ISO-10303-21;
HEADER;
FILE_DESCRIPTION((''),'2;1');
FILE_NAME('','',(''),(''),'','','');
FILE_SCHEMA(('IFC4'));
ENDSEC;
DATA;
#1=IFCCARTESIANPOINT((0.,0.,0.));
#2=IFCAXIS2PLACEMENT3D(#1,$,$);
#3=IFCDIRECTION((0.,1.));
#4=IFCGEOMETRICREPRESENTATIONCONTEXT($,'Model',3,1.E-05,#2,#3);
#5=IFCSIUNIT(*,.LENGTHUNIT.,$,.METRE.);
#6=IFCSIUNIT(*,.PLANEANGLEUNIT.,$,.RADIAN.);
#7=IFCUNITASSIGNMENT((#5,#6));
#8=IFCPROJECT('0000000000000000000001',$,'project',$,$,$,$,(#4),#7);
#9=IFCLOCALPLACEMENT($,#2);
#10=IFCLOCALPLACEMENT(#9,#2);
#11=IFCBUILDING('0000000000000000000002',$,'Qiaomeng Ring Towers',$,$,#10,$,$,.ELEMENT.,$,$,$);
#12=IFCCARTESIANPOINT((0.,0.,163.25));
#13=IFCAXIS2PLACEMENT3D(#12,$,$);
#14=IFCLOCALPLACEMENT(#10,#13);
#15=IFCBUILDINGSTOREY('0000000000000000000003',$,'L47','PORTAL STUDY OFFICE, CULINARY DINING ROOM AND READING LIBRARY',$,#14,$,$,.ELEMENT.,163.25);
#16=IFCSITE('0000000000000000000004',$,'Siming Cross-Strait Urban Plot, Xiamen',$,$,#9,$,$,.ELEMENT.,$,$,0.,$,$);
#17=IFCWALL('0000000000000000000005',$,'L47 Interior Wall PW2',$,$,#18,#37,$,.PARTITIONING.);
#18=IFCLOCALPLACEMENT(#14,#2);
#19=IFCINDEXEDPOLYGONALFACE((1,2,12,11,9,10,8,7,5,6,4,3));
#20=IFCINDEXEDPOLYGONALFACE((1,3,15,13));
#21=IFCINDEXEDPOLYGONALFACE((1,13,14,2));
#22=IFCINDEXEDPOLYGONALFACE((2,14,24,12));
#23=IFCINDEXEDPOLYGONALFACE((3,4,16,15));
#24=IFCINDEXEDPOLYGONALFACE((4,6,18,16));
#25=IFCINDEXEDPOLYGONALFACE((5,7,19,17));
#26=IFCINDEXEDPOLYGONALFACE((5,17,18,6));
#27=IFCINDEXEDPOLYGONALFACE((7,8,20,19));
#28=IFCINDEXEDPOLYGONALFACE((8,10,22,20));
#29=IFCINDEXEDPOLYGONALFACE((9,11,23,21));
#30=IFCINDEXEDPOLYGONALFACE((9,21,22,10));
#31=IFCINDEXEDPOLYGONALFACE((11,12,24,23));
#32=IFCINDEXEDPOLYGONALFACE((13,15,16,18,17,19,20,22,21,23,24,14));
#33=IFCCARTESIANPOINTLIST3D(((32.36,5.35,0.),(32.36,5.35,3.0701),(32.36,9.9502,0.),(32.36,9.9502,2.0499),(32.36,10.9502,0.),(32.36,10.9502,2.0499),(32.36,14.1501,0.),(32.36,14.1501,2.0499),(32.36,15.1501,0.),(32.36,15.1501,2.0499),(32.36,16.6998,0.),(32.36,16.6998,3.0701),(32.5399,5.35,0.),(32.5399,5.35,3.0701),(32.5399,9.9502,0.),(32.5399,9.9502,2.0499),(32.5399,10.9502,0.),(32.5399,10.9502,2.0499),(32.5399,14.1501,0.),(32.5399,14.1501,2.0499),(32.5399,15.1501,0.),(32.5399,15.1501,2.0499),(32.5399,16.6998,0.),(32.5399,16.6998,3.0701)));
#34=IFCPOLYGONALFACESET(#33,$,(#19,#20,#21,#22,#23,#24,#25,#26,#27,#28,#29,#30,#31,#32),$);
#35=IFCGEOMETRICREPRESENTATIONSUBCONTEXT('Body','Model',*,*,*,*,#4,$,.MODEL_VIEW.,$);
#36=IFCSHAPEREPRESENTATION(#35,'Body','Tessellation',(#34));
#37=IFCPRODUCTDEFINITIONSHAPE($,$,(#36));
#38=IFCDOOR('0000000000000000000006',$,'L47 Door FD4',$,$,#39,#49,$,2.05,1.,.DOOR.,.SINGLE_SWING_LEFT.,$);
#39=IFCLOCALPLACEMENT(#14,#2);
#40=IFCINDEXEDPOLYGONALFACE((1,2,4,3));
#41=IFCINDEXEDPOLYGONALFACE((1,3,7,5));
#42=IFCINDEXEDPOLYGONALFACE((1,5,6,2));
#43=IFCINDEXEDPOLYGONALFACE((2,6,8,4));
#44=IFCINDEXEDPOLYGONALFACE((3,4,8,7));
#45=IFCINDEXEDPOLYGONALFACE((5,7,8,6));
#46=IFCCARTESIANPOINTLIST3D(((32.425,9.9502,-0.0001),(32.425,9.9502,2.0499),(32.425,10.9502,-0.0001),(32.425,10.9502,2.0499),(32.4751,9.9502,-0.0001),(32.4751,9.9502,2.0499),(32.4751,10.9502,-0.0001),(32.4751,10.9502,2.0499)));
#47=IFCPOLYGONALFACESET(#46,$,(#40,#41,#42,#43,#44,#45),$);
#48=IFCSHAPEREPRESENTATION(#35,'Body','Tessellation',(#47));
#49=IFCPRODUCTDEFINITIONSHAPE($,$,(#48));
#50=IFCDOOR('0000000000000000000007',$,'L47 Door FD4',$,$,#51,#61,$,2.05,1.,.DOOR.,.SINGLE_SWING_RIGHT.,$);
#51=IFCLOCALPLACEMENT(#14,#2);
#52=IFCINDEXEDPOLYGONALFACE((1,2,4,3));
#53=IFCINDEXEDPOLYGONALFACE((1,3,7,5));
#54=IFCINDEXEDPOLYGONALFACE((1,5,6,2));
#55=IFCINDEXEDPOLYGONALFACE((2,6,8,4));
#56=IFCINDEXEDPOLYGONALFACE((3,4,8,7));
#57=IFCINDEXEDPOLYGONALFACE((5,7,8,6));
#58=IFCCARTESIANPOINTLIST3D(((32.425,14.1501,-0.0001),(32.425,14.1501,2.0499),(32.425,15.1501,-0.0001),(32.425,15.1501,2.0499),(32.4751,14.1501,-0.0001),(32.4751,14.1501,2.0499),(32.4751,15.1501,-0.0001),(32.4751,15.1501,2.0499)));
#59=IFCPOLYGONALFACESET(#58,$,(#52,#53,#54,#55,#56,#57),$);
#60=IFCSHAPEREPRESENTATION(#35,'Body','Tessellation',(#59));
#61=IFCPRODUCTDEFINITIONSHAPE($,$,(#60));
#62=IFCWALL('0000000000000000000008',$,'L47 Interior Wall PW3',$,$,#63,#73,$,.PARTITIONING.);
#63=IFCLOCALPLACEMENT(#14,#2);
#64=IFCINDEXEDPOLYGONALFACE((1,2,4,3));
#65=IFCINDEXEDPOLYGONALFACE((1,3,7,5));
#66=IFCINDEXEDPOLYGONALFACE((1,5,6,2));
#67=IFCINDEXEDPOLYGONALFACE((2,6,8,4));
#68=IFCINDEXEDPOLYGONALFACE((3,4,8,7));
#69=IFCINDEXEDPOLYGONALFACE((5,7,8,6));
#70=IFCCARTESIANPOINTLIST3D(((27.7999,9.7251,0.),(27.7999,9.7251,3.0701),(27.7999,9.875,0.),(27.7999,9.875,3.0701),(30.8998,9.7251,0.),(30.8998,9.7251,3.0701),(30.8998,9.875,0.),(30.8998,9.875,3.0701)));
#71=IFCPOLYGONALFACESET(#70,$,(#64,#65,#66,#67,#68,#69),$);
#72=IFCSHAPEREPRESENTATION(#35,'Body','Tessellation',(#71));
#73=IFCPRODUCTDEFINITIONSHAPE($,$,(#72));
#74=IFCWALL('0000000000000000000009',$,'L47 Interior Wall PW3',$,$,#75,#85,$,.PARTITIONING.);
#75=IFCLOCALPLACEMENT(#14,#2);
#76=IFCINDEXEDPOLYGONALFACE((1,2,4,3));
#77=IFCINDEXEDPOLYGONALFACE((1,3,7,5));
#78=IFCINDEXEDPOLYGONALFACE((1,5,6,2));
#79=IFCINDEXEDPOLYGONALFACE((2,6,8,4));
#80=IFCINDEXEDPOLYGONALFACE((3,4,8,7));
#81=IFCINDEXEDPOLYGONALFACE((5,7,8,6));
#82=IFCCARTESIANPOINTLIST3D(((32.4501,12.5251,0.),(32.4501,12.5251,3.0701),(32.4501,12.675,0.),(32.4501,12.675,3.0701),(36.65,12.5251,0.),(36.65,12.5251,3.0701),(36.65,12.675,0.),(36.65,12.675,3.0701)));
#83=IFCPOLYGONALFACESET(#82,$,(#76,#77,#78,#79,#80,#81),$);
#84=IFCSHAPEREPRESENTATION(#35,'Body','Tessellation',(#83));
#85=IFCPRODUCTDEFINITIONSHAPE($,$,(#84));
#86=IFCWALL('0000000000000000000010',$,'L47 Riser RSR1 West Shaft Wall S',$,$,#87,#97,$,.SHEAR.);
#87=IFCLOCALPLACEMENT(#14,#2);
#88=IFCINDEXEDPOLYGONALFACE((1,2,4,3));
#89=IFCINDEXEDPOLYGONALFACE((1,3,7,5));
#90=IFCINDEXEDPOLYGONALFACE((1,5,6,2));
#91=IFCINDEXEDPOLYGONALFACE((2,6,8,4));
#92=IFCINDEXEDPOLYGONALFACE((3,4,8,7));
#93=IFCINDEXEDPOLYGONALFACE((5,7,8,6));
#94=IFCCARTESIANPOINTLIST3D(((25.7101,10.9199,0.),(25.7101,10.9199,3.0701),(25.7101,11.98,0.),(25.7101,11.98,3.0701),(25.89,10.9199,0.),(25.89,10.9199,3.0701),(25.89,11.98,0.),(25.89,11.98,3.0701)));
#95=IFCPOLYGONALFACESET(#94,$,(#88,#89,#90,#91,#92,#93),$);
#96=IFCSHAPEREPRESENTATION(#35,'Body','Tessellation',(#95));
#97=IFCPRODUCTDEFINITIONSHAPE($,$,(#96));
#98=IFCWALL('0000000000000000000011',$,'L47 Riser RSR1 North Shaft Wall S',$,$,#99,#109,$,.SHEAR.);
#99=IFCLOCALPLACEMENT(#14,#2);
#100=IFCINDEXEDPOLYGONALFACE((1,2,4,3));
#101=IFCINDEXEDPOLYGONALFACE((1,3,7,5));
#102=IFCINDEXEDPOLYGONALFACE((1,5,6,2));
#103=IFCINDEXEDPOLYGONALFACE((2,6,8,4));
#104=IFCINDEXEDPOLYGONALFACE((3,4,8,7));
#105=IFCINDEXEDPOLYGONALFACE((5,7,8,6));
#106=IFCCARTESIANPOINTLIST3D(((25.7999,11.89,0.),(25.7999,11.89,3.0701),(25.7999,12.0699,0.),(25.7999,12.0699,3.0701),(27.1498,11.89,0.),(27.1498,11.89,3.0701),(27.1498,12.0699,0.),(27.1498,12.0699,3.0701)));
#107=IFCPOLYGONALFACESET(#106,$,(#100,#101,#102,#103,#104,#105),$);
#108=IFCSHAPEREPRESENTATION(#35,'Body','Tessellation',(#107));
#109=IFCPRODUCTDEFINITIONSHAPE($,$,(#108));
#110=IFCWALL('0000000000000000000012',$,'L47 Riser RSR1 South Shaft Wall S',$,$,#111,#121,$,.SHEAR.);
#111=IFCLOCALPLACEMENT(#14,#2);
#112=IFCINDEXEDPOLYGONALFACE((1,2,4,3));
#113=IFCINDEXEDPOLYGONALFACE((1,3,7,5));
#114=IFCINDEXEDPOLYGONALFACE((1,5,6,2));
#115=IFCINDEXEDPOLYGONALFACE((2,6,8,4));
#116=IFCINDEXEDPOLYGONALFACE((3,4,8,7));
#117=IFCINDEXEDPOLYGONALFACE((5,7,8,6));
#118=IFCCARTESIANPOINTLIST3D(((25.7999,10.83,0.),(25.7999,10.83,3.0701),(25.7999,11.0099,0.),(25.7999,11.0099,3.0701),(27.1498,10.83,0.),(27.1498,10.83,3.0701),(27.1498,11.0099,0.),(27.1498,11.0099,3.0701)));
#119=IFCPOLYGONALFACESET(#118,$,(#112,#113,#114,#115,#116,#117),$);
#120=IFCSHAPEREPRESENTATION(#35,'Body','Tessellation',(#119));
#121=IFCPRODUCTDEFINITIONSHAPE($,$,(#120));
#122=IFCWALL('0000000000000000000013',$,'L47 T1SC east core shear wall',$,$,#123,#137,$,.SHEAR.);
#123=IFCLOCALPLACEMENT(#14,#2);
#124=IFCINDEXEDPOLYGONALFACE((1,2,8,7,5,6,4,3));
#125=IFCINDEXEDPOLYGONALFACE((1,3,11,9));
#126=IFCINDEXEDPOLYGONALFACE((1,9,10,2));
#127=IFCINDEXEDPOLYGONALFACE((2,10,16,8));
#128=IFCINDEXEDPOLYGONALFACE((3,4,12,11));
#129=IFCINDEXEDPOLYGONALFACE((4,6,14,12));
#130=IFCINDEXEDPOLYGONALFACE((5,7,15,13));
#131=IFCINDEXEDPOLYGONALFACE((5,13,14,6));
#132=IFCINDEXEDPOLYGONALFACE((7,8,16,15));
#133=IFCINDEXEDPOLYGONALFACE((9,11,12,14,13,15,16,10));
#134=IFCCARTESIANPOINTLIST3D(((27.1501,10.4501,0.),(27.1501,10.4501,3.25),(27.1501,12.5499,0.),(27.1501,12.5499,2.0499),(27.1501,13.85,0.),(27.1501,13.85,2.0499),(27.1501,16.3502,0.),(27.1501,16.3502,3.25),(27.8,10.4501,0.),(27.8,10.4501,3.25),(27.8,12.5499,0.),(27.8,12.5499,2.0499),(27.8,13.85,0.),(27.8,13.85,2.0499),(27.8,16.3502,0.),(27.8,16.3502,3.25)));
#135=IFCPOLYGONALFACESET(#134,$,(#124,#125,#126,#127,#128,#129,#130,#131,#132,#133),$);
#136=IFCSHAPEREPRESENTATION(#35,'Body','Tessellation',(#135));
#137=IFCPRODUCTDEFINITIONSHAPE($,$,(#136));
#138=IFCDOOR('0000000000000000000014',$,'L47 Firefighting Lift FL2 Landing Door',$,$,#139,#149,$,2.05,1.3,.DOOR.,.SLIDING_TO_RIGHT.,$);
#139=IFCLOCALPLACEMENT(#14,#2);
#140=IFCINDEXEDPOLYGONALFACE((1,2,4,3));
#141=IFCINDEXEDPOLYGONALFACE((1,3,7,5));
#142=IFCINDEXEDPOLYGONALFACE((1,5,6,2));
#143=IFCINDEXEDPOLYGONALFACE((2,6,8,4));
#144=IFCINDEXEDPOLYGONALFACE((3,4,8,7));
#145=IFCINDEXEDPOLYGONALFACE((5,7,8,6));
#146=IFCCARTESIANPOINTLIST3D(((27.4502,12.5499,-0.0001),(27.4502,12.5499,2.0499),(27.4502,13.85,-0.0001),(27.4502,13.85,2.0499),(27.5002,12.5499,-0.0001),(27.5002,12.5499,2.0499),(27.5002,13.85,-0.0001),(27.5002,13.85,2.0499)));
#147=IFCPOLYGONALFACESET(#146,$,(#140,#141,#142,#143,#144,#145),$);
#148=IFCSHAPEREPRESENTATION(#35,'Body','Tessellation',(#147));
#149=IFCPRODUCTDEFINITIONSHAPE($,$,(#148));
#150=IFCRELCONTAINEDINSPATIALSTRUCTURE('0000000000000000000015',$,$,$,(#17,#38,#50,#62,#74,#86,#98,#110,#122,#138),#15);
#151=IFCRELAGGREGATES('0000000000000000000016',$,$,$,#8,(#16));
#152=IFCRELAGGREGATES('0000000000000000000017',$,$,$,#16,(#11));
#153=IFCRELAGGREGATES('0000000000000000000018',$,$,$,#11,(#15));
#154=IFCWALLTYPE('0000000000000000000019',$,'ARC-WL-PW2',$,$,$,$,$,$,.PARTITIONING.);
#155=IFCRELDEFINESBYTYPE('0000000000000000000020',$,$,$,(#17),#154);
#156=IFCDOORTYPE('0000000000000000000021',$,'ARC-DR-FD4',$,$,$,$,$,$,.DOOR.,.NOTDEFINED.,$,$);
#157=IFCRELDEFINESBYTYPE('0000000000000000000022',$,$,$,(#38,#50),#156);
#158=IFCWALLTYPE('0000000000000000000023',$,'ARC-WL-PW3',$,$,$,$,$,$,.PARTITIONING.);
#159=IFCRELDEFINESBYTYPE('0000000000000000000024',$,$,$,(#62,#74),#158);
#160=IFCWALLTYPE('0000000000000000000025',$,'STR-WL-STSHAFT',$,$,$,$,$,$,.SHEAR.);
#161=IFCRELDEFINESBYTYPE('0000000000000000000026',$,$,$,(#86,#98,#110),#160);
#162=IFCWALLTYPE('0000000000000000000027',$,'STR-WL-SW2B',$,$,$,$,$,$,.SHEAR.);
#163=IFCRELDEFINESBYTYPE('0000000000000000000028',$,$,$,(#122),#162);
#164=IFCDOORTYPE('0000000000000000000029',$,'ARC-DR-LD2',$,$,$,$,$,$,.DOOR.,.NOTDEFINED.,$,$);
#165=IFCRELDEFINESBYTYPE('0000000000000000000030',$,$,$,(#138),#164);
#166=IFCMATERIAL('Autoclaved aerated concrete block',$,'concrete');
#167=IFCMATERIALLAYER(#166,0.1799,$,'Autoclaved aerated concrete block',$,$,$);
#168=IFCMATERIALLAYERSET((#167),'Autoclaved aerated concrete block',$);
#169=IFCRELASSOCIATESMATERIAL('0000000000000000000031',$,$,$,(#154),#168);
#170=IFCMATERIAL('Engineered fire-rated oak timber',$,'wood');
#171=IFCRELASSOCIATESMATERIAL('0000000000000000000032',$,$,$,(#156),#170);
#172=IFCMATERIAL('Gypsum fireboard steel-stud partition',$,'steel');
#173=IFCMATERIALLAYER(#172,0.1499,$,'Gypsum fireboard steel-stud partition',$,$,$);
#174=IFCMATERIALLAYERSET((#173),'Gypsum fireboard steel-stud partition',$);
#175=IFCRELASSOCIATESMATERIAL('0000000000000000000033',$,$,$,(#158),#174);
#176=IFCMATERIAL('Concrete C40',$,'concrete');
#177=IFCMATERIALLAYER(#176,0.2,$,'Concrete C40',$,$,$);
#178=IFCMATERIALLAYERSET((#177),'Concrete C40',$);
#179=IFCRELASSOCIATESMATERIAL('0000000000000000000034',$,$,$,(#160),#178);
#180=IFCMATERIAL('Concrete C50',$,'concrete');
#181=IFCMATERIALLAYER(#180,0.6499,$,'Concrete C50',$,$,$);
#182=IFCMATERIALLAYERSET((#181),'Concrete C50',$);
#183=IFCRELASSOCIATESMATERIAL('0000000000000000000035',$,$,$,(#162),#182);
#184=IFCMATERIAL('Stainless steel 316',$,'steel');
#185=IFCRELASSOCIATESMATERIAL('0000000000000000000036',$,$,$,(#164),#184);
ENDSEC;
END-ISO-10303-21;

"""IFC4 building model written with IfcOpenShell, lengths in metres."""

from ifc_helpers import new_model, si_unit, direction, frame, frame_2d, origin, place, context, subcontext, project, spatial, rectangle, extrude, source, transform, mapped, material, layer, layer_set, type_object, element, fill, save


model = new_model("IFC4")

# Units and contexts
model_context = context("Model", 3, precision=1e-05, world=origin(), true_north=direction((0.0, 1.0)))
body_context = subcontext(model_context, "Body", "Model", "MODEL_VIEW")
ifc_project = project(units=[si_unit("LENGTHUNIT", "METRE"), si_unit("PLANEANGLEUNIT", "RADIAN")], contexts=[model_context])

# Site, building, storey
site_placement = place(None, origin())
site = spatial("IfcSite", under=ifc_project, at=site_placement, Name="Siming Cross-Strait Urban Plot, Xiamen", CompositionType="ELEMENT", RefElevation=0.0)
building_placement = place(site_placement, origin())
building = spatial("IfcBuilding", under=site, at=building_placement, Name="Qiaomeng Ring Towers", CompositionType="ELEMENT")
storey_placement = place(building_placement, frame((0.0, 0.0, 163.25)))
storey = spatial("IfcBuildingStorey", under=building, at=storey_placement, Name="L47", Description="PORTAL STUDY OFFICE, CULINARY DINING ROOM AND READING LIBRARY", CompositionType="ELEMENT", Elevation=163.25)

# Shared definitions
ifc_material_1 = material(Name="Concrete C50", Category="concrete")

# Shared definitions
ifc_material_2 = material(Name="Autoclaved aerated concrete block", Category="concrete")

# Shared definitions
ifc_layer_1 = layer(ifc_material_2, 0.1799, Name="Autoclaved aerated concrete block")
ifc_layer_set_1 = layer_set([ifc_layer_1], Name="Autoclaved aerated concrete block")
wall_type_1 = type_object("IfcWallType", Name="ARC-WL-PW2", PredefinedType="PARTITIONING", material=ifc_layer_set_1)

# Wall, openings, doors
wall_1_placement = place(storey_placement, frame((32.45, 5.3501, 0.0), z_axis=(0.0, 0.0, 1.0), x_axis=(0.0, 1.0, 0.0)))
wall_1 = element("IfcWall", 1, at=wall_1_placement, inside=storey, type_object=wall_type_1, Name="L47 Interior Wall PW2", PredefinedType="PARTITIONING", context=body_context, shape_type="SweptSolid", body=[
    extrude(rectangle(XDim=11.3499, YDim=0.1799, at=frame_2d((5.6748, 0.0))), origin(), (0.0, 0.0, 1.0), 3.0701),
])
opening_1_placement = place(wall_1_placement, frame((4.6001, 0.0, 0.0)))
opening_1 = element("IfcOpeningElement", 2, at=opening_1_placement, cuts=wall_1, PredefinedType="OPENING", context=body_context, shape_type="SweptSolid", body=[
    extrude(rectangle(XDim=1.0, YDim=2.05, at=frame_2d((0.5, 1.0249))), frame((0.0, 0.0999, 0.0), z_axis=(0.0, -1.0, 0.0), x_axis=(1.0, 0.0, 0.0)), (0.0, 0.0, 1.0), 0.2),
])
opening_2_placement = place(wall_1_placement, frame((8.8, 0.0, 0.0)))
opening_2 = element("IfcOpeningElement", 3, at=opening_2_placement, cuts=wall_1, PredefinedType="OPENING", context=body_context, shape_type="SweptSolid", body=[
    extrude(rectangle(XDim=1.0, YDim=2.05, at=frame_2d((0.5, 1.0249))), frame((0.0, 0.0999, 0.0), z_axis=(0.0, -1.0, 0.0), x_axis=(1.0, 0.0, 0.0)), (0.0, 0.0, 1.0), 0.2),
])
ifc_material_3 = material(Name="Engineered fire-rated oak timber", Category="wood")
door_type_1 = type_object("IfcDoorType", Name="ARC-DR-FD4", OperationType="NOTDEFINED", PredefinedType="DOOR", material=ifc_material_3)
shared_shape_1 = source(origin(), body_context, "Body", "SweptSolid", [
    extrude(rectangle(XDim=1.0, YDim=2.05, at=frame_2d((0.5, 1.0249))), frame((0.0, 0.0249, 0.0), z_axis=(0.0, -1.0, 0.0), x_axis=(1.0, 0.0, 0.0)), (0.0, 0.0, 1.0), 0.05),
])
door_1_placement = place(opening_1_placement, origin())
door_1 = element("IfcDoor", 4, at=door_1_placement, inside=storey, type_object=door_type_1, Name="L47 Door FD4", OperationType="SINGLE_SWING_LEFT", OverallHeight=2.05, OverallWidth=1.0, PredefinedType="DOOR", context=body_context, shape_type="MappedRepresentation", body=[
    mapped(shared_shape_1, transform((0.0, 0.0, 0.0), x_axis=(1.0, 0.0, 0.0), y_axis=(0.0, 1.0, 0.0), z_axis=(0.0, 0.0, 1.0), scale=1.0)),
])
fill(opening_1, door_1)
door_2_placement = place(opening_2_placement, origin())
door_2 = element("IfcDoor", 5, at=door_2_placement, inside=storey, type_object=door_type_1, Name="L47 Door FD4", OperationType="SINGLE_SWING_RIGHT", OverallHeight=2.05, OverallWidth=1.0, PredefinedType="DOOR", context=body_context, shape_type="MappedRepresentation", body=[
    mapped(shared_shape_1, transform((0.0, 0.0, 0.0), x_axis=(1.0, 0.0, 0.0), y_axis=(0.0, 1.0, 0.0), z_axis=(0.0, 0.0, 1.0), scale=1.0)),
])
fill(opening_2, door_2)

# Walls
ifc_material_4 = material(Name="Gypsum fireboard steel-stud partition", Category="steel")
ifc_layer_2 = layer(ifc_material_4, 0.1499, Name="Gypsum fireboard steel-stud partition")
ifc_layer_set_2 = layer_set([ifc_layer_2], Name="Gypsum fireboard steel-stud partition")
wall_type_2 = type_object("IfcWallType", Name="ARC-WL-PW3", PredefinedType="PARTITIONING", material=ifc_layer_set_2)
wall_2_placement = place(storey_placement, frame((27.8, 9.8, 0.0), z_axis=(0.0, 0.0, 1.0), x_axis=(1.0, 0.0, 0.0)))
element("IfcWall", 6, at=wall_2_placement, inside=storey, type_object=wall_type_2, Name="L47 Interior Wall PW3", PredefinedType="PARTITIONING", context=body_context, shape_type="SweptSolid", body=[
    extrude(rectangle(XDim=3.0999, YDim=0.1499, at=frame_2d((1.5498, 0.0))), origin(), (0.0, 0.0, 1.0), 3.0701),
])
wall_3_placement = place(storey_placement, frame((32.45, 12.6001, 0.0), z_axis=(0.0, 0.0, 1.0), x_axis=(1.0, 0.0, 0.0)))
element("IfcWall", 7, at=wall_3_placement, inside=storey, type_object=wall_type_2, Name="L47 Interior Wall PW3", PredefinedType="PARTITIONING", context=body_context, shape_type="SweptSolid", body=[
    extrude(rectangle(XDim=4.2, YDim=0.1499, at=frame_2d((2.1001, 0.0))), origin(), (0.0, 0.0, 1.0), 3.0701),
])
ifc_material_5 = material(Name="Concrete C40", Category="concrete")
ifc_layer_3 = layer(ifc_material_5, 0.2, Name="Concrete C40")
ifc_layer_set_3 = layer_set([ifc_layer_3], Name="Concrete C40")
wall_type_3 = type_object("IfcWallType", Name="STR-WL-STSHAFT", PredefinedType="SHEAR", material=ifc_layer_set_3)
wall_4_placement = place(storey_placement, frame((25.8, 10.9199, 0.0), z_axis=(0.0, 0.0, 1.0), x_axis=(0.0, 1.0, 0.0)))
element("IfcWall", 8, at=wall_4_placement, inside=storey, type_object=wall_type_3, Name="L47 Riser RSR1 West Shaft Wall S", PredefinedType="SHEAR", context=body_context, shape_type="SweptSolid", body=[
    extrude(rectangle(XDim=1.0601, YDim=0.1799, at=frame_2d((0.53, 0.0))), origin(), (0.0, 0.0, 1.0), 3.0701),
])
for number, where, z_axis, x_axis, name in (
    (9, (25.8, 11.98, 0.0), (0.0, 0.0, 1.0), (1.0, 0.0, 0.0), "L47 Riser RSR1 North Shaft Wall S"),
    (10, (25.8, 10.9199, 0.0), (0.0, 0.0, 1.0), (1.0, 0.0, 0.0), "L47 Riser RSR1 South Shaft Wall S"),
):
    element("IfcWall", number, at=place(storey_placement, frame(where, z_axis=z_axis, x_axis=x_axis)), inside=storey, type_object=wall_type_3, Name=name, PredefinedType="SHEAR", context=body_context, shape_type="SweptSolid", body=[
        extrude(rectangle(XDim=1.3499, YDim=0.1799, at=frame_2d((0.6748, 0.0))), origin(), (0.0, 0.0, 1.0), 3.0701),
    ])

# Wall, opening, door
ifc_layer_4 = layer(ifc_material_1, 0.6499, Name="Concrete C50")
ifc_layer_set_4 = layer_set([ifc_layer_4], Name="Concrete C50")
wall_type_4 = type_object("IfcWallType", Name="STR-WL-SW2B", PredefinedType="SHEAR", material=ifc_layer_set_4)
wall_5_placement = place(storey_placement, frame((27.4751, 10.45, 0.0), z_axis=(0.0, 0.0, 1.0), x_axis=(0.0, 1.0, 0.0)))
wall_5 = element("IfcWall", 11, at=wall_5_placement, inside=storey, type_object=wall_type_4, Name="L47 T1SC east core shear wall", PredefinedType="SHEAR", context=body_context, shape_type="SweptSolid", body=[
    extrude(rectangle(XDim=5.9001, YDim=0.6499, at=frame_2d((2.9502, 0.0))), origin(), (0.0, 0.0, 1.0), 3.25),
])
opening_3_placement = place(wall_5_placement, frame((2.1001, 0.0, 0.0)))
opening_3 = element("IfcOpeningElement", 12, at=opening_3_placement, cuts=wall_5, PredefinedType="OPENING", context=body_context, shape_type="SweptSolid", body=[
    extrude(rectangle(XDim=1.3, YDim=2.05, at=frame_2d((0.6499, 1.0249))), frame((0.0, 0.335, 0.0), z_axis=(0.0, -1.0, 0.0), x_axis=(1.0, 0.0, 0.0)), (0.0, 0.0, 1.0), 0.6699),
])
ifc_material_6 = material(Name="Stainless steel 316", Category="steel")
door_type_2 = type_object("IfcDoorType", Name="ARC-DR-LD2", OperationType="NOTDEFINED", PredefinedType="DOOR", material=ifc_material_6)
shared_shape_2 = source(origin(), body_context, "Body", "SweptSolid", [
    extrude(rectangle(XDim=1.3, YDim=2.05, at=frame_2d((0.6499, 1.0249))), frame((0.0, 0.0249, 0.0), z_axis=(0.0, -1.0, 0.0), x_axis=(1.0, 0.0, 0.0)), (0.0, 0.0, 1.0), 0.05),
])
door_3_placement = place(opening_3_placement, origin())
door_3 = element("IfcDoor", 13, at=door_3_placement, inside=storey, type_object=door_type_2, Name="L47 Firefighting Lift FL2 Landing Door", OperationType="SLIDING_TO_RIGHT", OverallHeight=2.05, OverallWidth=1.3, PredefinedType="DOOR", context=body_context, shape_type="MappedRepresentation", body=[
    mapped(shared_shape_2, transform((0.0, 0.0, 0.0), x_axis=(1.0, 0.0, 0.0), y_axis=(0.0, 1.0, 0.0), z_axis=(0.0, 0.0, 1.0), scale=1.0)),
])
fill(opening_3, door_3)

save(model, "model.ifc")
